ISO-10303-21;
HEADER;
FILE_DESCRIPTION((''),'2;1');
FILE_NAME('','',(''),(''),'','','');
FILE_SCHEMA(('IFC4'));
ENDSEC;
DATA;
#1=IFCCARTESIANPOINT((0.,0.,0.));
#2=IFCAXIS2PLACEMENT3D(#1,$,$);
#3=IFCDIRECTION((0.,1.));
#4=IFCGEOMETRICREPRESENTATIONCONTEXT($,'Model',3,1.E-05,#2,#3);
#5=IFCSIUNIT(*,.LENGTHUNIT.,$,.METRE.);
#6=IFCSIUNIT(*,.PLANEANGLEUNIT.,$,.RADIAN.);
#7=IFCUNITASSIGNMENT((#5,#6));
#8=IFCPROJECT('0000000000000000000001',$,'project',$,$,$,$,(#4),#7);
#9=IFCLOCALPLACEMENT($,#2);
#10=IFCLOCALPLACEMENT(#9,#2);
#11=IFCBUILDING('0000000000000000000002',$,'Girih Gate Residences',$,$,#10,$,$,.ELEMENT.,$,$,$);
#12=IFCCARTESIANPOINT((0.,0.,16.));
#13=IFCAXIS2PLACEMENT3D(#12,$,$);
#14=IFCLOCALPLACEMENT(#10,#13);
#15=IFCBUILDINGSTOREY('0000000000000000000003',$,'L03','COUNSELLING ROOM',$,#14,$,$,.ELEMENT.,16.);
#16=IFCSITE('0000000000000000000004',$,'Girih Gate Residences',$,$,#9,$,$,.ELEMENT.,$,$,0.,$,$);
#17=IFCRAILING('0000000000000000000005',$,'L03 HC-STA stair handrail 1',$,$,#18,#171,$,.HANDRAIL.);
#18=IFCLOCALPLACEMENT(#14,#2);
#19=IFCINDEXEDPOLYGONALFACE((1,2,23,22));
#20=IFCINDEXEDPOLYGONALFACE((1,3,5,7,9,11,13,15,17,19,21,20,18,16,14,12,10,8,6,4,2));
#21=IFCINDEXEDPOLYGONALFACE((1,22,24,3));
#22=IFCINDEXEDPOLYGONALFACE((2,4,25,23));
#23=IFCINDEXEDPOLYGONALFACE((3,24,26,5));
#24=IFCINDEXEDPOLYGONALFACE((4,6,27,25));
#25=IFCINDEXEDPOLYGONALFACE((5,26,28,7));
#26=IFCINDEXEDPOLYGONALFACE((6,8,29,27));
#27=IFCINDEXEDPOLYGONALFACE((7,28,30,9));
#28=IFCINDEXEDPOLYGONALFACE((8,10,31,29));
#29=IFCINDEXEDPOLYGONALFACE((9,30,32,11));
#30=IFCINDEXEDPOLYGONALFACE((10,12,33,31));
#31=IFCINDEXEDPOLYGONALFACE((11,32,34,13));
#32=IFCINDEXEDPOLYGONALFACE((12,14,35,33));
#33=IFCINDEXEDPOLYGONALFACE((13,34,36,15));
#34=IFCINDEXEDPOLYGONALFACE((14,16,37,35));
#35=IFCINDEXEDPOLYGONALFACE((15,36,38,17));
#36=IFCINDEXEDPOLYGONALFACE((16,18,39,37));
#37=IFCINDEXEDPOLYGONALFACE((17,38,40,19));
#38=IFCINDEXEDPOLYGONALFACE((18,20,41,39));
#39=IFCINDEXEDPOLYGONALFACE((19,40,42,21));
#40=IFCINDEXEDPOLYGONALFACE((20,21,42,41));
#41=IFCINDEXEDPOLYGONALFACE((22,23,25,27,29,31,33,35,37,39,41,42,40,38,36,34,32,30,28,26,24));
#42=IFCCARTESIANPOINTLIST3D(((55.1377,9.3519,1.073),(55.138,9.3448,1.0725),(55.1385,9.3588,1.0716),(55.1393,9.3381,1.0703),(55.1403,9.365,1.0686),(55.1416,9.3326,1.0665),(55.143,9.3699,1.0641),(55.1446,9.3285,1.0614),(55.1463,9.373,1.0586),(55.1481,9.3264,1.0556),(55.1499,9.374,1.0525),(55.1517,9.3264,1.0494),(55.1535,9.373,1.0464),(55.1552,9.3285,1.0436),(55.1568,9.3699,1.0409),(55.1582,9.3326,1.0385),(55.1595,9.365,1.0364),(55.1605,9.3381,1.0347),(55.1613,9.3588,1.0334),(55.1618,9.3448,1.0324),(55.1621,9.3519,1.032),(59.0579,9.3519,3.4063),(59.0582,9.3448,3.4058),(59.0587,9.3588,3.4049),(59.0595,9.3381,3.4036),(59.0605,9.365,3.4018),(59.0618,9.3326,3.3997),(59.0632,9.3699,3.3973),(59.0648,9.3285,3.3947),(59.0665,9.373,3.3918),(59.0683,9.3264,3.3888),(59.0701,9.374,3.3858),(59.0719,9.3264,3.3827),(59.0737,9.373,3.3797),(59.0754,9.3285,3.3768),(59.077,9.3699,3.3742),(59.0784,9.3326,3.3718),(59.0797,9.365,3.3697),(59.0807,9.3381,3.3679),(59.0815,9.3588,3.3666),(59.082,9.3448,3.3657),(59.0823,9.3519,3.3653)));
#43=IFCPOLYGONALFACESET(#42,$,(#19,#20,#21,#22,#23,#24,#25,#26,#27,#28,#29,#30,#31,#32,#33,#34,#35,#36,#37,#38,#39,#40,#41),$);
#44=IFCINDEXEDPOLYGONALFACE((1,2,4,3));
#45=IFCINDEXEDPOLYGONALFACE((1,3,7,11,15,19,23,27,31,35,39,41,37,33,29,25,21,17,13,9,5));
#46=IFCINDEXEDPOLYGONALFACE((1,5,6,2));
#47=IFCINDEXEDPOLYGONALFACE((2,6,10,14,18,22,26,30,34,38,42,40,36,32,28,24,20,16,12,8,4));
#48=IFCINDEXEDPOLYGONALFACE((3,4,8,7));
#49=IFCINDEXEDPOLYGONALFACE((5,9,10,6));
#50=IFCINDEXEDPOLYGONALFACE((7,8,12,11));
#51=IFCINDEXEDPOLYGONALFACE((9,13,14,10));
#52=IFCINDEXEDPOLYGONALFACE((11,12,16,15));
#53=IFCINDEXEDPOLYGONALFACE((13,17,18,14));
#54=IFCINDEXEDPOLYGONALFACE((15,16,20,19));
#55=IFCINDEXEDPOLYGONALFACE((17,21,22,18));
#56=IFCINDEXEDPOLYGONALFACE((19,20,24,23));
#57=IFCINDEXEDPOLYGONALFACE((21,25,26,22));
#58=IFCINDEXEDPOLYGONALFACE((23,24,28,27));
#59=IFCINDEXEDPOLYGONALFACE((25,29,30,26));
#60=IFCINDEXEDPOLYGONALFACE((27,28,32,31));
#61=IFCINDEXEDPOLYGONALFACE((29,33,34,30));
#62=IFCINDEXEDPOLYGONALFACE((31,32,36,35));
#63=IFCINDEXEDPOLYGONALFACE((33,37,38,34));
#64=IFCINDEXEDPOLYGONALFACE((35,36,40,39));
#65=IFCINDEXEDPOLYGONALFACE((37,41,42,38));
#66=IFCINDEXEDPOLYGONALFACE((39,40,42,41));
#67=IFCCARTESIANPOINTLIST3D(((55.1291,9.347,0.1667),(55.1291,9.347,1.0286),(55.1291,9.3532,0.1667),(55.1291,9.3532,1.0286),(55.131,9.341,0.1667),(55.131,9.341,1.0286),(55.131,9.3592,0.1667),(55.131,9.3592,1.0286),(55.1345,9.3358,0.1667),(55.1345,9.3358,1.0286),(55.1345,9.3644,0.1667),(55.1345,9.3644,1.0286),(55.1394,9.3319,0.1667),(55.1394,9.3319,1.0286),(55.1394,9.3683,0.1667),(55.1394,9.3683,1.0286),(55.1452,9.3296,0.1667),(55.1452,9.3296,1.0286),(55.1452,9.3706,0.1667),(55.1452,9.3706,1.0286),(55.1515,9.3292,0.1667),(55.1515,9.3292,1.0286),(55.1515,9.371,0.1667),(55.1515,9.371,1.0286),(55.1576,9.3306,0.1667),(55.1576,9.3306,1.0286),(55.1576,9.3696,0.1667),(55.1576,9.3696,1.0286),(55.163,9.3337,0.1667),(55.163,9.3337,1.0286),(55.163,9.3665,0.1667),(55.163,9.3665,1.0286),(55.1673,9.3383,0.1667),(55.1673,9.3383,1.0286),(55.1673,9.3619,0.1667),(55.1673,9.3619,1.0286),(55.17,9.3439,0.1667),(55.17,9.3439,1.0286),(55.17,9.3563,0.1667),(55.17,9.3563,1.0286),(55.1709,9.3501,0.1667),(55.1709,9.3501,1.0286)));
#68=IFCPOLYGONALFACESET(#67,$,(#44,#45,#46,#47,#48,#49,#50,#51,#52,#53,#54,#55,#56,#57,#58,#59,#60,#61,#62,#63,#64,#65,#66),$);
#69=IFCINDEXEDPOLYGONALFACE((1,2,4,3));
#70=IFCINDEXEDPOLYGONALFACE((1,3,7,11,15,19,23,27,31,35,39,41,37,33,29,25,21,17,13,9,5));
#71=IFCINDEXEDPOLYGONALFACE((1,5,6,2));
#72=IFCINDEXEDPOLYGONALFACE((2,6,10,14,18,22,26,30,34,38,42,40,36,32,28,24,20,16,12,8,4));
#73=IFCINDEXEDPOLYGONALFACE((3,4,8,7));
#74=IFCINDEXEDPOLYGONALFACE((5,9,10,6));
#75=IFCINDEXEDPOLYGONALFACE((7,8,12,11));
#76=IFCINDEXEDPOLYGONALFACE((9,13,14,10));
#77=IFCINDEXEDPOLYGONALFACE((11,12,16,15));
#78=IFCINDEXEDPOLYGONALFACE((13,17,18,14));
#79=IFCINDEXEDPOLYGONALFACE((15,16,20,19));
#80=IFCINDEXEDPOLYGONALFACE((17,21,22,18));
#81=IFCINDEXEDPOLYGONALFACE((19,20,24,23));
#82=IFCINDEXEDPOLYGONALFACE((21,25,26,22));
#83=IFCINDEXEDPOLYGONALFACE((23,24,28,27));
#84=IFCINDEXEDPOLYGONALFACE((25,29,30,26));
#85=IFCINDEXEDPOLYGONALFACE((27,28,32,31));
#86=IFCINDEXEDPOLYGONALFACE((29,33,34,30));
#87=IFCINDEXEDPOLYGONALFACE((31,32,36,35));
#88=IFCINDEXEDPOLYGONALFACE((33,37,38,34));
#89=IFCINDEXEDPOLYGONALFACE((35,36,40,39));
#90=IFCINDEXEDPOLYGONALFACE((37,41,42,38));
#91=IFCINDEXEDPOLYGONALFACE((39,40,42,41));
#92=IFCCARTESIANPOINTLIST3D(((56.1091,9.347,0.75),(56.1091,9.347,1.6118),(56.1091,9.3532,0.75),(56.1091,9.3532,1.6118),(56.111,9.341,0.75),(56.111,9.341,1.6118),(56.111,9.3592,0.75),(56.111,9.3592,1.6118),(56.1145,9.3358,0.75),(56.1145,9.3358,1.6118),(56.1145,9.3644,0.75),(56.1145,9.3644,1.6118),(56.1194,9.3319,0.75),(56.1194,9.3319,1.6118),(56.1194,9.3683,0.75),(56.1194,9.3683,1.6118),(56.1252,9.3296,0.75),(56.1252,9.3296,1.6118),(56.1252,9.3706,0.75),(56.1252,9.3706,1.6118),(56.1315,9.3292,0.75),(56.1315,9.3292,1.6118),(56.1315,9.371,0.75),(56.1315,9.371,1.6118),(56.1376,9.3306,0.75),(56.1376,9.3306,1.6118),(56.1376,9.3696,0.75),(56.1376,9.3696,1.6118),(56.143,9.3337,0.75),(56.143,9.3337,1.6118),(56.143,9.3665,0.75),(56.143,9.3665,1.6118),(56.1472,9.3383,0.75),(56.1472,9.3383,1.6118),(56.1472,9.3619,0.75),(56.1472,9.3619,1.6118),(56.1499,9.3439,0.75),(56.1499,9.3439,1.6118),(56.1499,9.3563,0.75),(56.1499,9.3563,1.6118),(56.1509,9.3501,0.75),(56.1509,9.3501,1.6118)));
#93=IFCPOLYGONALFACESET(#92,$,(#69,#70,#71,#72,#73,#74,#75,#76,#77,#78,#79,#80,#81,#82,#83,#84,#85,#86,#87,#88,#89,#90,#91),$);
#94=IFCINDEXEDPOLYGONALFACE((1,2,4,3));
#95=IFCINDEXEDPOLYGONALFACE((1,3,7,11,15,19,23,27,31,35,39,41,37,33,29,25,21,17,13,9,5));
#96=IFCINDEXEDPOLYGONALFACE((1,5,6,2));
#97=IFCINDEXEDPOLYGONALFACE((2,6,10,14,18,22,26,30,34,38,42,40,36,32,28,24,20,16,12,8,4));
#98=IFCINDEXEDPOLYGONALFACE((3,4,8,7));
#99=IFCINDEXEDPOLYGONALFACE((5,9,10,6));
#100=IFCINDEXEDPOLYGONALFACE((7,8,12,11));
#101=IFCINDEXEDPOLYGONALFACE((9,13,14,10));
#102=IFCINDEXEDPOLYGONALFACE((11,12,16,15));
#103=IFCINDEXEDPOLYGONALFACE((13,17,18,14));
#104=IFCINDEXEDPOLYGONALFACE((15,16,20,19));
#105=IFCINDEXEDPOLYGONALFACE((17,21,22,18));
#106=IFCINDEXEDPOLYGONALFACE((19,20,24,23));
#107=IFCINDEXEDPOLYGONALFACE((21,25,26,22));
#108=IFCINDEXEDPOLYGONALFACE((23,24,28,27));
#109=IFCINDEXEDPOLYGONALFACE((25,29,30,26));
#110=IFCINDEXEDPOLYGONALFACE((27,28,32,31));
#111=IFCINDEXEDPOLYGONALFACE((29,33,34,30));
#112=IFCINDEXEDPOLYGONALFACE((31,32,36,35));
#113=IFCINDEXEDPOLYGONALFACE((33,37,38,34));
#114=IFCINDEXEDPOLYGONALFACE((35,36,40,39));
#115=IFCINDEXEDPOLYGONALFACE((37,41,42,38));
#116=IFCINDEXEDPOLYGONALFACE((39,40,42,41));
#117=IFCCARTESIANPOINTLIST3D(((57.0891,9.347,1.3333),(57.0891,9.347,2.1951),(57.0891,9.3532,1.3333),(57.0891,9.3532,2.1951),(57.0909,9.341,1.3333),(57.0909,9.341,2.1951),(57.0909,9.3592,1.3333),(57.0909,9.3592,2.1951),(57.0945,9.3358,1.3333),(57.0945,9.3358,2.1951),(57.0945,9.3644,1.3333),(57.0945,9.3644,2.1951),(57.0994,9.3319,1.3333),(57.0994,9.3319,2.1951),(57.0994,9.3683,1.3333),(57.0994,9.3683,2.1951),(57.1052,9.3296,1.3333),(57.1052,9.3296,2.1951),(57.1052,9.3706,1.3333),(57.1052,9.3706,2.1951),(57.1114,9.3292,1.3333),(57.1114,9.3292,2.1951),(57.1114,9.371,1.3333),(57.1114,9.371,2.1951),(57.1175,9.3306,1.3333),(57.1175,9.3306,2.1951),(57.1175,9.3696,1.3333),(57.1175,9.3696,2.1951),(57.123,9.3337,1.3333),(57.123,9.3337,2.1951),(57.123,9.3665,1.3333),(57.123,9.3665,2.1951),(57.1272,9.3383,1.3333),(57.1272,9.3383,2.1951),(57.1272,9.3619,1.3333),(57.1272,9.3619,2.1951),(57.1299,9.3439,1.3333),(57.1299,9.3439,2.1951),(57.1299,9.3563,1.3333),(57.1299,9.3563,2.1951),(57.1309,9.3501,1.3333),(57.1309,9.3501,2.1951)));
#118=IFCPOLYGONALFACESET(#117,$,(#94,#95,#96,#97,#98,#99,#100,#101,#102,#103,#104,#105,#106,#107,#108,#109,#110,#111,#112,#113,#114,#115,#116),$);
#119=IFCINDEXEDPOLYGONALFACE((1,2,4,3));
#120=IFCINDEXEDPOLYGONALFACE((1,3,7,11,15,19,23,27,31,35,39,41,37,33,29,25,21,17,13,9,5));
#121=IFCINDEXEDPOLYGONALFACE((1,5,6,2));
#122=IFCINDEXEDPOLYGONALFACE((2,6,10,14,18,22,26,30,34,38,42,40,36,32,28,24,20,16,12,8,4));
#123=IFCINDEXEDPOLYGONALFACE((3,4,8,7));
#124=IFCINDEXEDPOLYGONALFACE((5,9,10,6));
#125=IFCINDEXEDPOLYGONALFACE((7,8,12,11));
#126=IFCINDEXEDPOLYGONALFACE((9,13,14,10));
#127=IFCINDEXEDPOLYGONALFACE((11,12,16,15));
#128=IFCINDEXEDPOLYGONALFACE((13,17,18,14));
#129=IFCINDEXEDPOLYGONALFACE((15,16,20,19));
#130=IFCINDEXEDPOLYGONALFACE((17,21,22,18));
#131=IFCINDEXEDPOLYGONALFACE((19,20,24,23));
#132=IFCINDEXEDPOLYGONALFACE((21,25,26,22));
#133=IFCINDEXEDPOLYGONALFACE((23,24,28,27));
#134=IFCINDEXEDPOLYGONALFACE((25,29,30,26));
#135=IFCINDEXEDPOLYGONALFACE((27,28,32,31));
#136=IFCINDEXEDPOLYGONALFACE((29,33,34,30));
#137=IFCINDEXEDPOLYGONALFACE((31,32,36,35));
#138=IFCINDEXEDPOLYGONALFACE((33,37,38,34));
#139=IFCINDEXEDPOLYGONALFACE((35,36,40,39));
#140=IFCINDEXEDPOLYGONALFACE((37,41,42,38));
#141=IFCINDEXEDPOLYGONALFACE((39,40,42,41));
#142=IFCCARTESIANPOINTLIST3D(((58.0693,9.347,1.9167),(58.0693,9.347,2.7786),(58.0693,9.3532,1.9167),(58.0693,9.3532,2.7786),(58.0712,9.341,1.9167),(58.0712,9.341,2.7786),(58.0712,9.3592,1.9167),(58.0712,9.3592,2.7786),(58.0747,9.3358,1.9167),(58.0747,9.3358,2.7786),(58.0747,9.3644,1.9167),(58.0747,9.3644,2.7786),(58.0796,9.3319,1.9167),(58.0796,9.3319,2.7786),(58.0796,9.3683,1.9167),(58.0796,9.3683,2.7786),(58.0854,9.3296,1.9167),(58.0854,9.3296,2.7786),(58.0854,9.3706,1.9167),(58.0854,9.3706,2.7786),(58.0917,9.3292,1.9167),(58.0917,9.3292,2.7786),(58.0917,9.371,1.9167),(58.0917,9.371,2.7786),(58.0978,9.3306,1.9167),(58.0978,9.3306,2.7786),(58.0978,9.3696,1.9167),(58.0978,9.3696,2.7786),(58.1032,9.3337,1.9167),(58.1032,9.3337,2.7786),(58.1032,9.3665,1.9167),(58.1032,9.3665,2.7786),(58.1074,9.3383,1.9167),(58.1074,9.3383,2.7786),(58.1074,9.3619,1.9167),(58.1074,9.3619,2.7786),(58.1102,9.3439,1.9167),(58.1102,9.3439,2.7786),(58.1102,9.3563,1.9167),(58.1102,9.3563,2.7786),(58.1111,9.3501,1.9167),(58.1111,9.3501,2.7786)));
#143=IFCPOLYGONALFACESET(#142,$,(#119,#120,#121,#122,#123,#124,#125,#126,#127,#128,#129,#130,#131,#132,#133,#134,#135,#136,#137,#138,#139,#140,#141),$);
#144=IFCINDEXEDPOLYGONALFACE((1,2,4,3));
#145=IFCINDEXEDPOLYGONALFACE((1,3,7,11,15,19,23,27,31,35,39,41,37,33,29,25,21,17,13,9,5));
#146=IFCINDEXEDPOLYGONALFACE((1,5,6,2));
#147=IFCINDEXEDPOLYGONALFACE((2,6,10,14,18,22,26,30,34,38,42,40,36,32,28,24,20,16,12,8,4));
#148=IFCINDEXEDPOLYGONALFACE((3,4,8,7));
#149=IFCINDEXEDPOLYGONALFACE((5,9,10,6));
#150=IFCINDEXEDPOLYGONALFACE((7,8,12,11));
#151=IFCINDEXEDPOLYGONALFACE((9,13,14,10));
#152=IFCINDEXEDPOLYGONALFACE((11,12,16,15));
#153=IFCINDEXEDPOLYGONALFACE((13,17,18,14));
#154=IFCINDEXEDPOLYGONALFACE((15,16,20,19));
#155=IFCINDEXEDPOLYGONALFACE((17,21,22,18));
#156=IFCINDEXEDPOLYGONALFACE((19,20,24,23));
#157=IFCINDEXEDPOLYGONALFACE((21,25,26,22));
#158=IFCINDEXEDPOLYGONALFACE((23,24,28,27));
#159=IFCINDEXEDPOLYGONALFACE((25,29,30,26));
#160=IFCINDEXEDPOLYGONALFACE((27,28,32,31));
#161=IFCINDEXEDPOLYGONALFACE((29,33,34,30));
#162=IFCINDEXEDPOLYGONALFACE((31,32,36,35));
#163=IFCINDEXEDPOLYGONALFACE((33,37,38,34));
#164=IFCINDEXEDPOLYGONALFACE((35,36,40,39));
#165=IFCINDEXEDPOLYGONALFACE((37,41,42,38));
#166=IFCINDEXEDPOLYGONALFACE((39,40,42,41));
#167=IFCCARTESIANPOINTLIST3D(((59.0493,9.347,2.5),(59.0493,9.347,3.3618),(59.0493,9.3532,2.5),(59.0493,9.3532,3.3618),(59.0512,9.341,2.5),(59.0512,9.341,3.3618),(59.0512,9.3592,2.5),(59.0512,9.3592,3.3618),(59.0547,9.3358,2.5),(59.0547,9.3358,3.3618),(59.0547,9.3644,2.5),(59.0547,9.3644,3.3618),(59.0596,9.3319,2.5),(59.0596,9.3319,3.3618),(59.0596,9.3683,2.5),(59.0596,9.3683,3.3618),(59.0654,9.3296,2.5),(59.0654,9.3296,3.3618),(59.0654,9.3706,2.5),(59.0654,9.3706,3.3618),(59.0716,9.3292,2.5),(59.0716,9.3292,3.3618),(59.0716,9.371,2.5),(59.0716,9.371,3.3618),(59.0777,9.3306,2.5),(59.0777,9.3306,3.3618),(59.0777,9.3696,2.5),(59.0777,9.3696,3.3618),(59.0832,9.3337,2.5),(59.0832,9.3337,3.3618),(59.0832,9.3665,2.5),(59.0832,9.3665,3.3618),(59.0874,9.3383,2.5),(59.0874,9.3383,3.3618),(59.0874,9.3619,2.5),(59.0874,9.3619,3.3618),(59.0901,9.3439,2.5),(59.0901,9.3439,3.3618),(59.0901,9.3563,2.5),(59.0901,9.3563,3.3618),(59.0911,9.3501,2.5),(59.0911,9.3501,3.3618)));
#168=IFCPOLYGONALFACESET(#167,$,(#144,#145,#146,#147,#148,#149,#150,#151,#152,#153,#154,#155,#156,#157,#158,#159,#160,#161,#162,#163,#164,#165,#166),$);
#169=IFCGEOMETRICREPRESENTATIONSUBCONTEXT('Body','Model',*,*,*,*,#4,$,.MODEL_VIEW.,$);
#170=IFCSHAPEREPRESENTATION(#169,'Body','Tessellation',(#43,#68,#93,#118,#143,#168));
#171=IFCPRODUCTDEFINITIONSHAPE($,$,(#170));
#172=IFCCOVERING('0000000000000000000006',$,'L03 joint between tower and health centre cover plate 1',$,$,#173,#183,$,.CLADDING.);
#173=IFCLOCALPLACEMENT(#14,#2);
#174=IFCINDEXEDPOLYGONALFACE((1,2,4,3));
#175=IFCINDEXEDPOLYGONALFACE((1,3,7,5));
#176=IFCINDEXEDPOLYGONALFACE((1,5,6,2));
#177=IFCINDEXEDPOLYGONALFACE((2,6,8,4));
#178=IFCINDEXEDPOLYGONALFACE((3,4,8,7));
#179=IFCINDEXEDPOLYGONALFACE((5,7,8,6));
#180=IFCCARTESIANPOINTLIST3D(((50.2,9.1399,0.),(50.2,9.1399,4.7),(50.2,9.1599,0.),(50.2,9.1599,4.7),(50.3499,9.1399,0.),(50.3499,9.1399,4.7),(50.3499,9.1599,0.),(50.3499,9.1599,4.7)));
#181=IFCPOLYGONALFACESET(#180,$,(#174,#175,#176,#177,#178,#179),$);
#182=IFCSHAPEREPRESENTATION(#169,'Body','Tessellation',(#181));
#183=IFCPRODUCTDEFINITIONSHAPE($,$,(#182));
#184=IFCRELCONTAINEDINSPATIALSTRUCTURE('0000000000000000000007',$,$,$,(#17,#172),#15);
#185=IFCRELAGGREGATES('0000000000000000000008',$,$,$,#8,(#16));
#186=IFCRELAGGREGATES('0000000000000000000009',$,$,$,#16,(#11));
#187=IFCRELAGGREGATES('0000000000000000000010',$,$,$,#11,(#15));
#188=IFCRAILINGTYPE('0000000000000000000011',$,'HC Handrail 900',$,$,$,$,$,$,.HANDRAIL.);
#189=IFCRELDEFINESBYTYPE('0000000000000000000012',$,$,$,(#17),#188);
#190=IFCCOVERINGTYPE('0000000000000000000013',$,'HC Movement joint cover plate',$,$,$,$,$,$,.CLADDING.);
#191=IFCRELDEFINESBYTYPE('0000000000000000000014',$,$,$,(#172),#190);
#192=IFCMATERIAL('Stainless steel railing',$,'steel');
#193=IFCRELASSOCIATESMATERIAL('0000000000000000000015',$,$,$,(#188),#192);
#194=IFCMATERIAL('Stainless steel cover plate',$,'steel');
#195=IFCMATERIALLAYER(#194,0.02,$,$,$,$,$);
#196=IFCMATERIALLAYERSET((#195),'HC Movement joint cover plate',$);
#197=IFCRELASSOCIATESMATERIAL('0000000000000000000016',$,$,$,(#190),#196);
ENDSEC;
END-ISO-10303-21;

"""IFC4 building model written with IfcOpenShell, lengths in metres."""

from ifc_helpers import new_model, si_unit, direction, frame, origin, origin_2d, place, context, subcontext, project, spatial, rectangle, circle, extrude, material, layer, layer_set, type_object, element, save


model = new_model("IFC4")

# Units and contexts
model_context = context("Model", 3, precision=1e-05, world=origin(), true_north=direction((0.0, 1.0)))
body_context = subcontext(model_context, "Body", "Model", "MODEL_VIEW")
ifc_project = project(units=[si_unit("LENGTHUNIT", "METRE"), si_unit("PLANEANGLEUNIT", "RADIAN")], contexts=[model_context])

# Site, building, storey
site_placement = place(None, origin())
site = spatial("IfcSite", under=ifc_project, at=site_placement, Name="Girih Gate Residences", CompositionType="ELEMENT", RefElevation=0.0)
building_placement = place(site_placement, origin())
building = spatial("IfcBuilding", under=site, at=building_placement, Name="Girih Gate Residences", CompositionType="ELEMENT")
storey_placement = place(building_placement, frame((0.0, 0.0, 16.0)))
storey = spatial("IfcBuildingStorey", under=building, at=storey_placement, Name="L03", Description="COUNSELLING ROOM", CompositionType="ELEMENT", Elevation=16.0)

# Railing
ifc_material_1 = material(Name="Stainless steel railing", Category="steel")
railing_type_1 = type_object("IfcRailingType", Name="HC Handrail 900", PredefinedType="HANDRAIL", material=ifc_material_1)
railing_1_placement = place(storey_placement, frame((55.1499, 9.3501, 0.1667)))
element("IfcRailing", 1, at=railing_1_placement, inside=storey, type_object=railing_type_1, Name="L03 HC-STA stair handrail 1", PredefinedType="HANDRAIL", context=body_context, shape_type="SweptSolid", body=[
    extrude(circle(Radius=0.0239, at=origin_2d()), frame((0.0, 0.0, 0.8857), z_axis=(0.85931, 0.0, 0.511455), x_axis=(0.0, 1.0, 0.0)), (0.0, 0.0, 1.0), 4.562),
    extrude(circle(Radius=0.021, at=origin_2d()), origin(), (0.0, 0.0, 1.0), 0.8618),
    extrude(circle(Radius=0.021, at=origin_2d()), frame((0.98, 0.0, 0.5833)), (0.0, 0.0, 1.0), 0.8618),
    extrude(circle(Radius=0.021, at=origin_2d()), frame((1.96, 0.0, 1.1665)), (0.0, 0.0, 1.0), 0.8618),
    extrude(circle(Radius=0.021, at=origin_2d()), frame((2.9402, 0.0, 1.75)), (0.0, 0.0, 1.0), 0.8618),
    extrude(circle(Radius=0.021, at=origin_2d()), frame((3.9202, 0.0, 2.3333)), (0.0, 0.0, 1.0), 0.8618),
])

# Covering
ifc_material_2 = material(Name="Stainless steel cover plate", Category="steel")
ifc_layer_1 = layer(ifc_material_2, 0.02)
ifc_layer_set_1 = layer_set([ifc_layer_1], Name="HC Movement joint cover plate")
covering_type = type_object("IfcCoveringType", Name="HC Movement joint cover plate", PredefinedType="CLADDING", material=ifc_layer_set_1)
covering_placement = place(storey_placement, frame((50.2749, 9.1499, 0.0), z_axis=(0.0, 0.0, 1.0), x_axis=(1.0, 0.0, 0.0)))
element("IfcCovering", 2, at=covering_placement, inside=storey, type_object=covering_type, Name="L03 joint between tower and health centre cover plate 1", PredefinedType="CLADDING", context=body_context, shape_type="SweptSolid", body=[
    extrude(rectangle(XDim=0.1499, YDim=0.02, at=origin_2d()), origin(), (0.0, 0.0, 1.0), 4.7),
])

save(model, "model.ifc")
